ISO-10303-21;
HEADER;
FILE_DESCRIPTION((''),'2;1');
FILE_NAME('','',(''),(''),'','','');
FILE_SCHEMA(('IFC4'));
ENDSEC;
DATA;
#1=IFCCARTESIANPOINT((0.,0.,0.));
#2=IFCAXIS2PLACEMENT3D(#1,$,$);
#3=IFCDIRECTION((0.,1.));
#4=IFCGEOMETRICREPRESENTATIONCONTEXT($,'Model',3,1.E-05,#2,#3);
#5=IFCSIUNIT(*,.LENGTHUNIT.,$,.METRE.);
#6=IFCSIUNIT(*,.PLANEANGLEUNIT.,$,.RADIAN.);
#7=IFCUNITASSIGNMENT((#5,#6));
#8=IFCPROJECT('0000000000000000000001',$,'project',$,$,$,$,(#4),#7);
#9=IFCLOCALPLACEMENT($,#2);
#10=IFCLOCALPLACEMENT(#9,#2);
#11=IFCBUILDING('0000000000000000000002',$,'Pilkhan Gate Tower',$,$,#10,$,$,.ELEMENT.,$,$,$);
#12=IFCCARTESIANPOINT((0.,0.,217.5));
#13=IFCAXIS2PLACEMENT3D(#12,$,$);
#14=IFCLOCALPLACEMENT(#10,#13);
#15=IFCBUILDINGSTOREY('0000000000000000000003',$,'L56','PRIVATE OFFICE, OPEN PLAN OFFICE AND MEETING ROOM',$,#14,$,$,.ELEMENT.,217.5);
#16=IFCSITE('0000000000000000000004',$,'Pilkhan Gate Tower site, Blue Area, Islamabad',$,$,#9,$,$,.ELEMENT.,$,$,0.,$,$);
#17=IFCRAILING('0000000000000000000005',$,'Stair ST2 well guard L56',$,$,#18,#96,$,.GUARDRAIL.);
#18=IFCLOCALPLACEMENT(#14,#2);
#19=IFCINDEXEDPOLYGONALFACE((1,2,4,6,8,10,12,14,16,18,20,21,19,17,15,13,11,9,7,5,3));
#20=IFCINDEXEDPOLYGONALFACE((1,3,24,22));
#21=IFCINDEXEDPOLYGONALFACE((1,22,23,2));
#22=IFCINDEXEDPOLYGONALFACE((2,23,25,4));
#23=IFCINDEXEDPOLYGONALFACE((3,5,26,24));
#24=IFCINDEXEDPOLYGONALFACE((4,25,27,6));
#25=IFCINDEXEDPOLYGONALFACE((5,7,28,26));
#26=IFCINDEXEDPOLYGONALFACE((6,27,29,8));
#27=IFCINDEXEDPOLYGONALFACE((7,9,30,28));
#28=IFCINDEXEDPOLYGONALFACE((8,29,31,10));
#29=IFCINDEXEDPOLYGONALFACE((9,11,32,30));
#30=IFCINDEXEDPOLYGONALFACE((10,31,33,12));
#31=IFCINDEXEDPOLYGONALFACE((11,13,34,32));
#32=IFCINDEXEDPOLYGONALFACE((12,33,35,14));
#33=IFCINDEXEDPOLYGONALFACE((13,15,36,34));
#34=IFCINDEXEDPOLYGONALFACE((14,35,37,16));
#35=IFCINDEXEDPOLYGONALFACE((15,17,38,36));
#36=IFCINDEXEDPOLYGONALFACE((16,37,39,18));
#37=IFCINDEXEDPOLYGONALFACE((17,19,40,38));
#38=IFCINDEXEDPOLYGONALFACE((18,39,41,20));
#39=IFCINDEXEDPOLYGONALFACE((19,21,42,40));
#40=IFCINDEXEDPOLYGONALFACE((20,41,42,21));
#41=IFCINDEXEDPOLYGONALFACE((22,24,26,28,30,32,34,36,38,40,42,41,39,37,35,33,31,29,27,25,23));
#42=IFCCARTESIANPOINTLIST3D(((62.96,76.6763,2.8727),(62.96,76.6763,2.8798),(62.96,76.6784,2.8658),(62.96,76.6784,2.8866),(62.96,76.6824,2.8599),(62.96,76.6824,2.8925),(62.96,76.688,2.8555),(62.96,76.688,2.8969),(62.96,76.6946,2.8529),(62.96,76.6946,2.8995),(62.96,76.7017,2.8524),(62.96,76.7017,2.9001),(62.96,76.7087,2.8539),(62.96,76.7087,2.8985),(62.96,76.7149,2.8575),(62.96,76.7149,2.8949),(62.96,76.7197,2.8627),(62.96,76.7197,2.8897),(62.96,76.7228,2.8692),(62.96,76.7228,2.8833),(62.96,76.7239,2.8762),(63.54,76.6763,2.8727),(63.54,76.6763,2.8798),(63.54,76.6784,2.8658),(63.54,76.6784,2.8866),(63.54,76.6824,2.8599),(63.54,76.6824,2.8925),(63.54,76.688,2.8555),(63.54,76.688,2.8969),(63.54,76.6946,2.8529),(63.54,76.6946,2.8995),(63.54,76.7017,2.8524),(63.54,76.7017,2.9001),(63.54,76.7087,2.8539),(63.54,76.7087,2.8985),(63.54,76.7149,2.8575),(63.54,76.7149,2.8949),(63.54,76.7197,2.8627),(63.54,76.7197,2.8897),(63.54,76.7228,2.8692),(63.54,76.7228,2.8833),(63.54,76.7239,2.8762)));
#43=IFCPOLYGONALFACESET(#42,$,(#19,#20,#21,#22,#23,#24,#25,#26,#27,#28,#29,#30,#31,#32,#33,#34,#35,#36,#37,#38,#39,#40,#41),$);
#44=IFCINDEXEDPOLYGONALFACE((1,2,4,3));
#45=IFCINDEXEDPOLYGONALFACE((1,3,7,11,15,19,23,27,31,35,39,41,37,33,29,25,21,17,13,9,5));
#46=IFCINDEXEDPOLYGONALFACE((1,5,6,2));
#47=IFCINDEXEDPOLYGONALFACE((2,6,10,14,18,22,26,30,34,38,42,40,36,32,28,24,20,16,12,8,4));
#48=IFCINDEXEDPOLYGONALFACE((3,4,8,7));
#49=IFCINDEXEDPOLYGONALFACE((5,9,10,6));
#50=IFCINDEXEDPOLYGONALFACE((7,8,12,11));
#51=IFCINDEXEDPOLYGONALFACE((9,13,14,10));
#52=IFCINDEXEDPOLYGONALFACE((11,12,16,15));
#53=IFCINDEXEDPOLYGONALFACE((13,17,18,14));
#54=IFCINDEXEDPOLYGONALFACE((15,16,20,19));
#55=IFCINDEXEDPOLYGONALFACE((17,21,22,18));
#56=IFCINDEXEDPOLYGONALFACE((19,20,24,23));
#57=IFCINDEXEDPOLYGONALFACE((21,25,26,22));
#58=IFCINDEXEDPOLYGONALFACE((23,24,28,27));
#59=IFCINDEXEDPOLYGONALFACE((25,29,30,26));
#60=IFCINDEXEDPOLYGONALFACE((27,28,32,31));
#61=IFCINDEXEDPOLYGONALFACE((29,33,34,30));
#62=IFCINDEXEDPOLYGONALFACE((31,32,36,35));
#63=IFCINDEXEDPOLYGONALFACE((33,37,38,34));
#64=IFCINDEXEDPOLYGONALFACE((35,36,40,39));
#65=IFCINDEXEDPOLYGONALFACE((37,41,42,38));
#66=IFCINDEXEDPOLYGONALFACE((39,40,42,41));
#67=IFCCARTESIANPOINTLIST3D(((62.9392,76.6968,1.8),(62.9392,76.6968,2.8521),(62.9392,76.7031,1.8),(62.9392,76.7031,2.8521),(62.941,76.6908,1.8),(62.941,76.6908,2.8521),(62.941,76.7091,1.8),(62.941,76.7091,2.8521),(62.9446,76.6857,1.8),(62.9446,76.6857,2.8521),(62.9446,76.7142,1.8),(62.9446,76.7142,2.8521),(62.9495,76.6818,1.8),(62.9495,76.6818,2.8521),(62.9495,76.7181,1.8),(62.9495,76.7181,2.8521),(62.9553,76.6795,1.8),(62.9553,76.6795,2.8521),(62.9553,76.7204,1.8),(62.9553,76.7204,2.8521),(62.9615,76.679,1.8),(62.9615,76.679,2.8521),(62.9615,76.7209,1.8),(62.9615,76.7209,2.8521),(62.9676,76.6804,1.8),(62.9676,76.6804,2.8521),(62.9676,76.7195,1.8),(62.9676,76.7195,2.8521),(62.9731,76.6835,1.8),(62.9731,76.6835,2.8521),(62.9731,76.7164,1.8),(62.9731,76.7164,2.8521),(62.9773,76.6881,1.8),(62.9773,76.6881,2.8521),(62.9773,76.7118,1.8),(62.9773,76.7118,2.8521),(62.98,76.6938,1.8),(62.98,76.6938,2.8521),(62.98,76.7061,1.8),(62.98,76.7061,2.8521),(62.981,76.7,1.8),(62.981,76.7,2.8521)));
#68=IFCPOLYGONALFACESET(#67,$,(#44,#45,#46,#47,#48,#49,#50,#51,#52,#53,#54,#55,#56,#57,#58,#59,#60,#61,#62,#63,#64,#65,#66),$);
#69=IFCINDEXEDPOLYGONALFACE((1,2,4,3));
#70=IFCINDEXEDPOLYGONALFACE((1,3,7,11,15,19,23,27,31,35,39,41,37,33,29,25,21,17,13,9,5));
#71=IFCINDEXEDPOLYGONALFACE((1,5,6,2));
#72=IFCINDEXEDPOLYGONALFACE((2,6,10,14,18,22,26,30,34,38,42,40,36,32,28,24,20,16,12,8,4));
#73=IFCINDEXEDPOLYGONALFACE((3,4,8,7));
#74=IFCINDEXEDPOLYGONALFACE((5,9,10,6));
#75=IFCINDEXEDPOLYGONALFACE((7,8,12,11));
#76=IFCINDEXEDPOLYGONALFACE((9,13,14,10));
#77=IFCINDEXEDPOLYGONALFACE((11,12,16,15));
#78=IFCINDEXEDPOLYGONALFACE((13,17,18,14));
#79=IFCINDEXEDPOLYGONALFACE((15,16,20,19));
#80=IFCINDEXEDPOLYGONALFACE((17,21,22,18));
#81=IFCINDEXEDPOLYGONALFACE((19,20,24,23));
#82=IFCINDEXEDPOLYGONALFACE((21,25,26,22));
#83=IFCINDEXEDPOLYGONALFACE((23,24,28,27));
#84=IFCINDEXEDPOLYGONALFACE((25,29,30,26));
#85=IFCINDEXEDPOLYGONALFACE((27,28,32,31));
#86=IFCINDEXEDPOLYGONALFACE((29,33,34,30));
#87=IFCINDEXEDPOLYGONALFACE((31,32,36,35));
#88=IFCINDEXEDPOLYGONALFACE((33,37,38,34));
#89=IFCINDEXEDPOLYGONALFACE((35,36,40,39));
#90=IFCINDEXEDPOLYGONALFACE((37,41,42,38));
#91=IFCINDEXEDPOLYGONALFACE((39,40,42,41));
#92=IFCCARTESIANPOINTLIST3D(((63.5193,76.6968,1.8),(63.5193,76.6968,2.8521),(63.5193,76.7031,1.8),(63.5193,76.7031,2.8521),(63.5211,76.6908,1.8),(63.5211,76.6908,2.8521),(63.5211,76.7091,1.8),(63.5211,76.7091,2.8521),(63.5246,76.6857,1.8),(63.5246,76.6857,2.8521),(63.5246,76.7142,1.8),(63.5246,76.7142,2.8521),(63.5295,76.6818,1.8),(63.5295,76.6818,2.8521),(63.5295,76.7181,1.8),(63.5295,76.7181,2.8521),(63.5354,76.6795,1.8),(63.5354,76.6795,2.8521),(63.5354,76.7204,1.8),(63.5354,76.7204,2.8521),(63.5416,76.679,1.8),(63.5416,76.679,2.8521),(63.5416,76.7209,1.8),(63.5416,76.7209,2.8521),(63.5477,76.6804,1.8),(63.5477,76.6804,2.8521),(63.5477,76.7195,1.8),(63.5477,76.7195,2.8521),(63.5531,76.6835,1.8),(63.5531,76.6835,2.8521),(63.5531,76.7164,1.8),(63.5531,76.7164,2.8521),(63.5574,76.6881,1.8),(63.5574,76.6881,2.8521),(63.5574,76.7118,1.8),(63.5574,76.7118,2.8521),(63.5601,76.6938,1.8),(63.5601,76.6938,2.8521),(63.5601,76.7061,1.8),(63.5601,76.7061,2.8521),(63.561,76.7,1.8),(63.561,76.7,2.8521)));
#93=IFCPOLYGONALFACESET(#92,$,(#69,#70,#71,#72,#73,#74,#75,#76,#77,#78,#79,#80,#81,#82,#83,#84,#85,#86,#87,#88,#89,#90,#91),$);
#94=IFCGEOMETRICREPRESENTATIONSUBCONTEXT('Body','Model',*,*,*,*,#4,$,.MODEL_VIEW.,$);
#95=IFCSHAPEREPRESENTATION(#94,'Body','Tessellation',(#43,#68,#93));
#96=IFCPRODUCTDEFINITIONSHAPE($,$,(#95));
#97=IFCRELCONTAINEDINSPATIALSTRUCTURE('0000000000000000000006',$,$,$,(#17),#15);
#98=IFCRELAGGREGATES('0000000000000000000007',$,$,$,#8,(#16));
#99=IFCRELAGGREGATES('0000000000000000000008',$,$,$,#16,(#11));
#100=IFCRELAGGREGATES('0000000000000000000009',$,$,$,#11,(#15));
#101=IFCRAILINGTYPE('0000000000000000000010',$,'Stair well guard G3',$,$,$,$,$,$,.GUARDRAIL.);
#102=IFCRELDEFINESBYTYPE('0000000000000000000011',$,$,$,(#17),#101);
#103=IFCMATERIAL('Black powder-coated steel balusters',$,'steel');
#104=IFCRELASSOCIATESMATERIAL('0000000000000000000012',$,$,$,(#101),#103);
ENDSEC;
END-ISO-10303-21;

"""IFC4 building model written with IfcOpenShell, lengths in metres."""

from ifc_helpers import new_model, si_unit, direction, frame, origin, origin_2d, place, context, subcontext, project, spatial, circle, extrude, material, type_object, element, save


model = new_model("IFC4")

# Units and contexts
model_context = context("Model", 3, precision=1e-05, world=origin(), true_north=direction((0.0, 1.0)))
body_context = subcontext(model_context, "Body", "Model", "MODEL_VIEW")
ifc_project = project(units=[si_unit("LENGTHUNIT", "METRE"), si_unit("PLANEANGLEUNIT", "RADIAN")], contexts=[model_context])

# Site, building, storey
site_placement = place(None, origin())
site = spatial("IfcSite", under=ifc_project, at=site_placement, Name="Pilkhan Gate Tower site, Blue Area, Islamabad", CompositionType="ELEMENT", RefElevation=0.0)
building_placement = place(site_placement, origin())
building = spatial("IfcBuilding", under=site, at=building_placement, Name="Pilkhan Gate Tower", CompositionType="ELEMENT")
storey_placement = place(building_placement, frame((0.0, 0.0, 217.5)))
storey = spatial("IfcBuildingStorey", under=building, at=storey_placement, Name="L56", Description="PRIVATE OFFICE, OPEN PLAN OFFICE AND MEETING ROOM", CompositionType="ELEMENT", Elevation=217.5)

# Railing
ifc_material_1 = material(Name="Black powder-coated steel balusters", Category="steel")
railing_type_1 = type_object("IfcRailingType", Name="Stair well guard G3", PredefinedType="GUARDRAIL", material=ifc_material_1)
for number, where, name in (
    (1, (62.96, 76.7, 1.8), "Stair ST2 well guard L56"),
):
    element("IfcRailing", number, at=place(storey_placement, frame(where)), inside=storey, type_object=railing_type_1, Name=name, PredefinedType="GUARDRAIL", context=body_context, shape_type="SweptSolid", body=[
        extrude(circle(Radius=0.0239, at=origin_2d()), frame((0.0, 0.0, 1.0762), z_axis=(1.0, 0.0, 0.0), x_axis=(0.0, 1.0, 0.0)), (0.0, 0.0, 1.0), 0.5801),
        extrude(circle(Radius=0.021, at=origin_2d()), origin(), (0.0, 0.0, 1.0), 1.052),
        extrude(circle(Radius=0.021, at=origin_2d()), frame((0.5801, 0.0, 0.0)), (0.0, 0.0, 1.0), 1.052),
    ])

save(model, "model.ifc")
